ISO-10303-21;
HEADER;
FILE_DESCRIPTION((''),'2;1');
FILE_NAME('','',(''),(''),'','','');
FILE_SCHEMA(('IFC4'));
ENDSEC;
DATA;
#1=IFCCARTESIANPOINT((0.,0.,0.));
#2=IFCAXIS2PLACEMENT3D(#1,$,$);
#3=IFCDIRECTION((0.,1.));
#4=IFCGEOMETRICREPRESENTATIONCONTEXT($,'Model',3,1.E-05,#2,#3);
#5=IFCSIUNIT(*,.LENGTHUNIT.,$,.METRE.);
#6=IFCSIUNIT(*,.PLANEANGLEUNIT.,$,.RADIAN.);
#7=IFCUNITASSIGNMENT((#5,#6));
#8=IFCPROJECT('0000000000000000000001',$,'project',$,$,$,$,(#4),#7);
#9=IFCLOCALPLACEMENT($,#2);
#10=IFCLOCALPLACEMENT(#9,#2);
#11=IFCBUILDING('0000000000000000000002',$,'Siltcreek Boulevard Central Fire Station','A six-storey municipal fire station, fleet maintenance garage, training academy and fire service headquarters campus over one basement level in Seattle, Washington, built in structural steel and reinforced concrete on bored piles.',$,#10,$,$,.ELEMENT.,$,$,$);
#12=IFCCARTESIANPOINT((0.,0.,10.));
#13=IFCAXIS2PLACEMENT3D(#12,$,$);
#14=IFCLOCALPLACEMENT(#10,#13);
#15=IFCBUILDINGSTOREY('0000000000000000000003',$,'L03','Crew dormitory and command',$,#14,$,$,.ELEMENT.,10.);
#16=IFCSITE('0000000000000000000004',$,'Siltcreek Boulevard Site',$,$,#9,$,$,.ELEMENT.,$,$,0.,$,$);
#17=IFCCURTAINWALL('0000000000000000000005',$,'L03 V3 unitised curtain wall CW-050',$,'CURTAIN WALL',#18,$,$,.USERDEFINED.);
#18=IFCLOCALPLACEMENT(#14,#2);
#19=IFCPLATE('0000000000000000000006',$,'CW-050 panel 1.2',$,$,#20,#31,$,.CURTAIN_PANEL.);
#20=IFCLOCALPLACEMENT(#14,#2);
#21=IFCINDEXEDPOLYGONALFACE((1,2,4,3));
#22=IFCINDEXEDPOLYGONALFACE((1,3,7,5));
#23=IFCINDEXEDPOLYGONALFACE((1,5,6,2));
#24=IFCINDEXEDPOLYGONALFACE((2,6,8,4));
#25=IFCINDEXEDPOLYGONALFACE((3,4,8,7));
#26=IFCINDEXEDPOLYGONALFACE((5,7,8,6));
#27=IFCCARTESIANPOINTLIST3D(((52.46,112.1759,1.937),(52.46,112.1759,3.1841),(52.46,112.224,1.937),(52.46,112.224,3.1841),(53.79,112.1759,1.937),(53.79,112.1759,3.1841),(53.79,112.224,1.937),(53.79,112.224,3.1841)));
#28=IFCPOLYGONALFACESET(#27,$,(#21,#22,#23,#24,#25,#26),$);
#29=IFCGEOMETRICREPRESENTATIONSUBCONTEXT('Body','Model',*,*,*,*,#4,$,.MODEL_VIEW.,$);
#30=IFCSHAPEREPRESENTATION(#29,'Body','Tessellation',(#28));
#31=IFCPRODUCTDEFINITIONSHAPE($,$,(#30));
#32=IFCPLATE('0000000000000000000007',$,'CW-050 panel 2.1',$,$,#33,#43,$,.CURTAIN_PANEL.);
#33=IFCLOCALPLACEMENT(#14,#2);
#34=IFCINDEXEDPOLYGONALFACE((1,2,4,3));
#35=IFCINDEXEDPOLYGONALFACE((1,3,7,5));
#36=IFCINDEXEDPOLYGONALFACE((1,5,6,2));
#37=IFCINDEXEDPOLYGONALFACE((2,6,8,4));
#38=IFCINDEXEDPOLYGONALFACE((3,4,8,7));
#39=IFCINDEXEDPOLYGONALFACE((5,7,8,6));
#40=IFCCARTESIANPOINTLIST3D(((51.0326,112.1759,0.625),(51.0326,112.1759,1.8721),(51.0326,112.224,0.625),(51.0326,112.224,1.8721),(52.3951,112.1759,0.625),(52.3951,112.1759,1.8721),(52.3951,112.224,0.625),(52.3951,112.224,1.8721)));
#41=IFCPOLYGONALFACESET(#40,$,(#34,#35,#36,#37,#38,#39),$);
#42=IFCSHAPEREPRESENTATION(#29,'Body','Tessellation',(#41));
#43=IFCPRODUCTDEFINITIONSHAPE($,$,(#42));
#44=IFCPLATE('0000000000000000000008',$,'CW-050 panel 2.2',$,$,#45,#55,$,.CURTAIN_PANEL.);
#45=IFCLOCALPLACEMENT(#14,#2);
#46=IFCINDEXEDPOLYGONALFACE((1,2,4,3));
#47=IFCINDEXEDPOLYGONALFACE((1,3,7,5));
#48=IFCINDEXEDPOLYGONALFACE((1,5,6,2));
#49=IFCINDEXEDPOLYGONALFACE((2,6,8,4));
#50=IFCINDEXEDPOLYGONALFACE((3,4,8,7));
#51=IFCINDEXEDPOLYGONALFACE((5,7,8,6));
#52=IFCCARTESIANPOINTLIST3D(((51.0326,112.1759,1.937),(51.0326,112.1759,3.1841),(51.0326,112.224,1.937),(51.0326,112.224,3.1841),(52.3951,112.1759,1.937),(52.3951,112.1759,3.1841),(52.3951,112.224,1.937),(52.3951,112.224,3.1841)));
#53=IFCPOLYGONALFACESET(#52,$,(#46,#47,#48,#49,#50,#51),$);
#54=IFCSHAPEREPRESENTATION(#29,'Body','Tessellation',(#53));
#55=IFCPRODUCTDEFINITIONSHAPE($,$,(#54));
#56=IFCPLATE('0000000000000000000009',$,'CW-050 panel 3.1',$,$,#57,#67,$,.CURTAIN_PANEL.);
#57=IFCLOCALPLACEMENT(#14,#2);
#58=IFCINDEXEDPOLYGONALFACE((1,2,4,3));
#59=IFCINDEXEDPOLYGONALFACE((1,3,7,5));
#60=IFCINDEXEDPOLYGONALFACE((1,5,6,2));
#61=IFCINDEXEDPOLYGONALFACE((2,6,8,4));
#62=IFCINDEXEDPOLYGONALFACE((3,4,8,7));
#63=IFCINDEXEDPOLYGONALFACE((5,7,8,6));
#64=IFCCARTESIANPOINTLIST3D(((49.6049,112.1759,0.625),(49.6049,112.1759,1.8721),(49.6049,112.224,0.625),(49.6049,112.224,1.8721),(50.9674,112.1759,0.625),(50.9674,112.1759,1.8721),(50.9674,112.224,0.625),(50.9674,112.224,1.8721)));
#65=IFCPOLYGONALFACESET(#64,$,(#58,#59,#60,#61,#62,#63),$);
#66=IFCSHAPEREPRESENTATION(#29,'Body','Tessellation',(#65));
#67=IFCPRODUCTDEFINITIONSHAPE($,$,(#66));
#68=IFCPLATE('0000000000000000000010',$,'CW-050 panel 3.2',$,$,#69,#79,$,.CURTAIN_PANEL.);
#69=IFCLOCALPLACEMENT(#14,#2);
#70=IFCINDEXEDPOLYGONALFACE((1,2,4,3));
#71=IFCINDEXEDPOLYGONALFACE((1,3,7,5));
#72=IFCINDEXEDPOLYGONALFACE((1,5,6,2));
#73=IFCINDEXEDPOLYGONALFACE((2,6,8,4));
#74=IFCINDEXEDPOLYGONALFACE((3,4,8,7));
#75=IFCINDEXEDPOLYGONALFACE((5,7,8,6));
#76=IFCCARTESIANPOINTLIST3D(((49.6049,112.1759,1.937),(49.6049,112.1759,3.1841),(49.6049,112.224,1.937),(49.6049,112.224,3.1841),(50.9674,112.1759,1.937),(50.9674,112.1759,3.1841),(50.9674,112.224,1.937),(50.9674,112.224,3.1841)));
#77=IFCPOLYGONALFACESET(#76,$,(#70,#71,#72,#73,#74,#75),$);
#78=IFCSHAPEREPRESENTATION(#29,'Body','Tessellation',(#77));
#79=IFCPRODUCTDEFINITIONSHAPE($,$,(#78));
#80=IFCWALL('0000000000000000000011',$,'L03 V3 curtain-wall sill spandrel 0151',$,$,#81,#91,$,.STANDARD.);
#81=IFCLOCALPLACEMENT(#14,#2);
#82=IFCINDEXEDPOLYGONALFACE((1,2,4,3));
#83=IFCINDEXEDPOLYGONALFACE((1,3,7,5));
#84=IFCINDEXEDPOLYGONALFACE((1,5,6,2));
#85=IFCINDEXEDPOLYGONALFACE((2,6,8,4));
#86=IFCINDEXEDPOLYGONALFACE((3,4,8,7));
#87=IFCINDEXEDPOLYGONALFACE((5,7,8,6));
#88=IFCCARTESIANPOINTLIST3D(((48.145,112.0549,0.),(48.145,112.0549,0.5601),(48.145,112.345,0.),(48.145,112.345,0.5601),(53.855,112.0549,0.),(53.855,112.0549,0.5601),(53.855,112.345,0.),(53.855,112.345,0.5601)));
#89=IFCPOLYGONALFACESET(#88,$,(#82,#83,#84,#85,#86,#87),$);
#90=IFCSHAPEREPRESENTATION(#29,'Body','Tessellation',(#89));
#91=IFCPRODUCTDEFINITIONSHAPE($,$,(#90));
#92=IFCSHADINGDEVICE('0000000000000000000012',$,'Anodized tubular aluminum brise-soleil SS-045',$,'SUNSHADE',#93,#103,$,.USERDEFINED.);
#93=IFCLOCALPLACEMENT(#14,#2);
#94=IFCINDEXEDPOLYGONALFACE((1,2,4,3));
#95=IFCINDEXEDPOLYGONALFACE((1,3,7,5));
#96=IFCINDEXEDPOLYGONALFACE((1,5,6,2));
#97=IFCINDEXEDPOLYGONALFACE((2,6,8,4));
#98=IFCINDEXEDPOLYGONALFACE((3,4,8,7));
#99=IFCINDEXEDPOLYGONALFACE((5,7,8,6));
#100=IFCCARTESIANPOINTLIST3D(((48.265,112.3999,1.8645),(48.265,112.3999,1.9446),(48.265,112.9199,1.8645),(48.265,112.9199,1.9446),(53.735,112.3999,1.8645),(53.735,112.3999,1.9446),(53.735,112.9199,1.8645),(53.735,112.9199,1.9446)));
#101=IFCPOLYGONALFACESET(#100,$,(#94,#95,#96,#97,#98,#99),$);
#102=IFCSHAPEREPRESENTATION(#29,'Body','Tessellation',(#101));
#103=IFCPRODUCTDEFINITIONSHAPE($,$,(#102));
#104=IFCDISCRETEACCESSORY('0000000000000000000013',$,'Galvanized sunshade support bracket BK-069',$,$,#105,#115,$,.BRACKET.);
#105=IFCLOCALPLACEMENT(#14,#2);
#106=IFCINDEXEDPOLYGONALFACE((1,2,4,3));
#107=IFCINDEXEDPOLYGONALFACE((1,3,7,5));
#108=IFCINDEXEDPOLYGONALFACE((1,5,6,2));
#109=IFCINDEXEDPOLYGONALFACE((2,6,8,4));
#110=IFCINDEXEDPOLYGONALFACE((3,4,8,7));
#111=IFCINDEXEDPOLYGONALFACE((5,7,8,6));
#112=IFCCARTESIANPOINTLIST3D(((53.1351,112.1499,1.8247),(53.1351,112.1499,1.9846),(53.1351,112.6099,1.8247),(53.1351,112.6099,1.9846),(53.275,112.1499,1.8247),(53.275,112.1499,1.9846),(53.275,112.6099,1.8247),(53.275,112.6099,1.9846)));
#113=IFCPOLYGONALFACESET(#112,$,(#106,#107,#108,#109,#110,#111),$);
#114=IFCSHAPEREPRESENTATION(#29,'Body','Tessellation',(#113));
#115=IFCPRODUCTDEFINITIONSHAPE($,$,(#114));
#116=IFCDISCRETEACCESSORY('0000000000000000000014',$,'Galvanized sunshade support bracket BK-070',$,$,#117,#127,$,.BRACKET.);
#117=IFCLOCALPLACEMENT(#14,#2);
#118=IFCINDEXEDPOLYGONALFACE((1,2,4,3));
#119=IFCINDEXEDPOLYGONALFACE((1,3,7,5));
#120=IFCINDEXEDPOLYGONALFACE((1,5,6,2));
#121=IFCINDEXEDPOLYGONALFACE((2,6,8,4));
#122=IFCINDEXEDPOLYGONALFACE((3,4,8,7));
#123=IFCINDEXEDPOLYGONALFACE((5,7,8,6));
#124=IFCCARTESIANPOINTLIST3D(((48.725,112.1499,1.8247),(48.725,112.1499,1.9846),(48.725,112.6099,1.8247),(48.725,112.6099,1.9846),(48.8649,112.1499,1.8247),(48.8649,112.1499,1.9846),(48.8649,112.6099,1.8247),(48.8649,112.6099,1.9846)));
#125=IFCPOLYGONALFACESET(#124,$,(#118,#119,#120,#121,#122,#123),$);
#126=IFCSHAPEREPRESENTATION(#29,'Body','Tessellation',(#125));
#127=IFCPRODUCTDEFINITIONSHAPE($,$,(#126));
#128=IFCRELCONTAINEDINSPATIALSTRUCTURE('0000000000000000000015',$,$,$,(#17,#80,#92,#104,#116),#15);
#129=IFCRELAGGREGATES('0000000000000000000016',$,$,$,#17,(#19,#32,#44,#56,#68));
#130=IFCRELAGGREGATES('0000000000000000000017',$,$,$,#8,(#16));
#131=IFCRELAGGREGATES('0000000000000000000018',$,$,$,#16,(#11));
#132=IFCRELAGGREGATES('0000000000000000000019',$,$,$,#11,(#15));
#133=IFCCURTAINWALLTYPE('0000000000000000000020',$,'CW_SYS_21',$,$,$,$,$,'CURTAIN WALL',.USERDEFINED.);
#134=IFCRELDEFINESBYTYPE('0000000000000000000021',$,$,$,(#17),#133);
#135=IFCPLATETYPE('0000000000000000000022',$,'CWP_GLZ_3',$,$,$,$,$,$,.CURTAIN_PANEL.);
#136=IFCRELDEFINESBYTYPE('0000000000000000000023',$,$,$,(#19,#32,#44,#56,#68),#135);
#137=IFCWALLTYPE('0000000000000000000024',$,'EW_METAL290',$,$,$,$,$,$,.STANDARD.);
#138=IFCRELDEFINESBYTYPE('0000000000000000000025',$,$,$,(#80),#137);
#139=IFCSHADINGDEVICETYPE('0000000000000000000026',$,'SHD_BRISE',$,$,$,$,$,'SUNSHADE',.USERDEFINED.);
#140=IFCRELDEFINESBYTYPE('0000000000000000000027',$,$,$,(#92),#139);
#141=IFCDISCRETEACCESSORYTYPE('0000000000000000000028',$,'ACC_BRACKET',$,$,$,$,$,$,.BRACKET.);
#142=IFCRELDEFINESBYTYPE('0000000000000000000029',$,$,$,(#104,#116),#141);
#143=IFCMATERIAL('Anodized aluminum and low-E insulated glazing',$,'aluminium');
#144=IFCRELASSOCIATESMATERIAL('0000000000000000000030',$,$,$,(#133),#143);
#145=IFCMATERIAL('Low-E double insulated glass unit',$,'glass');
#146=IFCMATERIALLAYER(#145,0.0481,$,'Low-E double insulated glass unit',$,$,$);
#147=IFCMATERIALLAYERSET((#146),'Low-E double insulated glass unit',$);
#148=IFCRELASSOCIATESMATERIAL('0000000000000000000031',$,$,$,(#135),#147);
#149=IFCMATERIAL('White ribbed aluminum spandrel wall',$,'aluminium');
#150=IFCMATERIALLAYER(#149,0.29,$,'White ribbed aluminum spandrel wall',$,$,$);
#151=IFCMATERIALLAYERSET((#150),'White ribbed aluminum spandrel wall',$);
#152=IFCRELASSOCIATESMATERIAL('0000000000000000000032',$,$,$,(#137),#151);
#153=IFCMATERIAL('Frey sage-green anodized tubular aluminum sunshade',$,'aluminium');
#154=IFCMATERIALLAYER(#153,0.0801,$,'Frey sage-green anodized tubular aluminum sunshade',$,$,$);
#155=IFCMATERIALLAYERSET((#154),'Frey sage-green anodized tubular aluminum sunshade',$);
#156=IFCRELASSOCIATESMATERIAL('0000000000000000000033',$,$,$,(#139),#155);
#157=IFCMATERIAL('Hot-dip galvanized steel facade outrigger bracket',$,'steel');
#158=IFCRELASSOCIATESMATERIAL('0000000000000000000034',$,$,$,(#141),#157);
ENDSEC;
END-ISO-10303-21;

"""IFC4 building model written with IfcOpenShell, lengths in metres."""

from ifc_helpers import new_model, si_unit, direction, frame, frame_2d, origin, origin_2d, place, context, subcontext, project, spatial, rectangle, extrude, material, layer, layer_set, type_object, element, aggregate, save


model = new_model("IFC4")

# Units and contexts
model_context = context("Model", 3, precision=1e-05, world=origin(), true_north=direction((0.0, 1.0)))
body_context = subcontext(model_context, "Body", "Model", "MODEL_VIEW")
ifc_project = project(units=[si_unit("LENGTHUNIT", "METRE"), si_unit("PLANEANGLEUNIT", "RADIAN")], contexts=[model_context])

# Site, building, storey
site_placement = place(None, origin())
site = spatial("IfcSite", under=ifc_project, at=site_placement, Name="Siltcreek Boulevard Site", CompositionType="ELEMENT", RefElevation=0.0)
building_placement = place(site_placement, origin())
building = spatial("IfcBuilding", under=site, at=building_placement, Name="Siltcreek Boulevard Central Fire Station", Description="A six-storey municipal fire station, fleet maintenance garage, training academy and fire service headquarters campus over one basement level in Seattle, Washington, built in structural steel and reinforced concrete on bored piles.", CompositionType="ELEMENT")
storey_placement = place(building_placement, frame((0.0, 0.0, 10.0)))
storey = spatial("IfcBuildingStorey", under=building, at=storey_placement, Name="L03", Description="Crew dormitory and command", CompositionType="ELEMENT", Elevation=10.0)

# Curtain wall, plates
ifc_material_1 = material(Name="Anodized aluminum and low-E insulated glazing", Category="aluminium")
curtain_wall_type = type_object("IfcCurtainWallType", Name="CW_SYS_21", ElementType="CURTAIN WALL", PredefinedType="USERDEFINED", material=ifc_material_1)
curtain_wall_placement = place(storey_placement, origin())
curtain_wall = element("IfcCurtainWall", 1, at=curtain_wall_placement, inside=storey, type_object=curtain_wall_type, Name="L03 V3 unitised curtain wall CW-050", ObjectType="CURTAIN WALL", PredefinedType="USERDEFINED")
ifc_material_2 = material(Name="Low-E double insulated glass unit", Category="glass")
ifc_layer_1 = layer(ifc_material_2, 0.0481, Name="Low-E double insulated glass unit")
ifc_layer_set_1 = layer_set([ifc_layer_1], Name="Low-E double insulated glass unit")
plate_type = type_object("IfcPlateType", Name="CWP_GLZ_3", PredefinedType="CURTAIN_PANEL", material=ifc_layer_set_1)
plate_1_placement = place(storey_placement, frame((53.125, 112.2, 1.937), z_axis=(0.0, 0.0, 1.0), x_axis=(-1.0, 0.0, 0.0)))
plate_1 = element("IfcPlate", 2, at=plate_1_placement, type_object=plate_type, Name="CW-050 panel 1.2", PredefinedType="CURTAIN_PANEL", context=body_context, shape_type="SweptSolid", body=[
    extrude(rectangle(XDim=1.3301, YDim=0.0481, at=origin_2d()), origin(), (0.0, 0.0, 1.0), 1.2471),
])
plate_2_placement = place(storey_placement, frame((51.7139, 112.2, 0.625), z_axis=(0.0, 0.0, 1.0), x_axis=(-1.0, 0.0, 0.0)))
plate_2 = element("IfcPlate", 3, at=plate_2_placement, type_object=plate_type, Name="CW-050 panel 2.1", PredefinedType="CURTAIN_PANEL", context=body_context, shape_type="SweptSolid", body=[
    extrude(rectangle(XDim=1.3625, YDim=0.0481, at=origin_2d()), origin(), (0.0, 0.0, 1.0), 1.2471),
])
plate_3_placement = place(storey_placement, frame((51.7139, 112.2, 1.937), z_axis=(0.0, 0.0, 1.0), x_axis=(-1.0, 0.0, 0.0)))
plate_3 = element("IfcPlate", 4, at=plate_3_placement, type_object=plate_type, Name="CW-050 panel 2.2", PredefinedType="CURTAIN_PANEL", context=body_context, shape_type="SweptSolid", body=[
    extrude(rectangle(XDim=1.3625, YDim=0.0481, at=origin_2d()), origin(), (0.0, 0.0, 1.0), 1.2471),
])
plate_4_placement = place(storey_placement, frame((50.2861, 112.2, 0.625), z_axis=(0.0, 0.0, 1.0), x_axis=(-1.0, 0.0, 0.0)))
plate_4 = element("IfcPlate", 5, at=plate_4_placement, type_object=plate_type, Name="CW-050 panel 3.1", PredefinedType="CURTAIN_PANEL", context=body_context, shape_type="SweptSolid", body=[
    extrude(rectangle(XDim=1.3625, YDim=0.0481, at=origin_2d()), origin(), (0.0, 0.0, 1.0), 1.2471),
])
plate_5_placement = place(storey_placement, frame((50.2861, 112.2, 1.937), z_axis=(0.0, 0.0, 1.0), x_axis=(-1.0, 0.0, 0.0)))
plate_5 = element("IfcPlate", 6, at=plate_5_placement, type_object=plate_type, Name="CW-050 panel 3.2", PredefinedType="CURTAIN_PANEL", context=body_context, shape_type="SweptSolid", body=[
    extrude(rectangle(XDim=1.3625, YDim=0.0481, at=origin_2d()), origin(), (0.0, 0.0, 1.0), 1.2471),
])
aggregate(curtain_wall, [plate_1, plate_2, plate_3, plate_4, plate_5])

# Wall
ifc_material_3 = material(Name="White ribbed aluminum spandrel wall", Category="aluminium")
ifc_layer_2 = layer(ifc_material_3, 0.29, Name="White ribbed aluminum spandrel wall")
ifc_layer_set_2 = layer_set([ifc_layer_2], Name="White ribbed aluminum spandrel wall")
wall_type = type_object("IfcWallType", Name="EW_METAL290", PredefinedType="STANDARD", material=ifc_layer_set_2)
wall_placement = place(storey_placement, frame((53.855, 112.2, 0.0), z_axis=(0.0, 0.0, 1.0), x_axis=(-1.0, 0.0, 0.0)))
element("IfcWall", 7, at=wall_placement, inside=storey, type_object=wall_type, Name="L03 V3 curtain-wall sill spandrel 0151", PredefinedType="STANDARD", context=body_context, shape_type="SweptSolid", body=[
    extrude(rectangle(XDim=5.71, YDim=0.29, at=frame_2d((2.855, 0.0))), origin(), (0.0, 0.0, 1.0), 0.5601),
])

# Shading device
ifc_material_4 = material(Name="Frey sage-green anodized tubular aluminum sunshade", Category="aluminium")
ifc_layer_3 = layer(ifc_material_4, 0.0801, Name="Frey sage-green anodized tubular aluminum sunshade")
ifc_layer_set_3 = layer_set([ifc_layer_3], Name="Frey sage-green anodized tubular aluminum sunshade")
shading_device_type = type_object("IfcShadingDeviceType", Name="SHD_BRISE", ElementType="SUNSHADE", PredefinedType="USERDEFINED", material=ifc_layer_set_3)
shading_device_placement = place(storey_placement, frame((51.0, 112.6599, 1.8645), z_axis=(0.0, 0.0, 1.0), x_axis=(-1.0, 0.0, 0.0)))
element("IfcShadingDevice", 8, at=shading_device_placement, inside=storey, type_object=shading_device_type, Name="Anodized tubular aluminum brise-soleil SS-045", ObjectType="SUNSHADE", PredefinedType="USERDEFINED", context=body_context, shape_type="SweptSolid", body=[
    extrude(rectangle(XDim=5.47, YDim=0.52, at=origin_2d()), origin(), (0.0, 0.0, 1.0), 0.0801),
])

# Discrete accessories
ifc_material_5 = material(Name="Hot-dip galvanized steel facade outrigger bracket", Category="steel")
discrete_accessory_type = type_object("IfcDiscreteAccessoryType", Name="ACC_BRACKET", PredefinedType="BRACKET", material=ifc_material_5)
for number, where, z_axis, x_axis, name in (
    (9, (53.2051, 112.3799, 1.8247), (0.0, 0.0, 1.0), (-1.0, 0.0, 0.0), "Galvanized sunshade support bracket BK-069"),
    (10, (48.7949, 112.3799, 1.8247), (0.0, 0.0, 1.0), (-1.0, 0.0, 0.0), "Galvanized sunshade support bracket BK-070"),
):
    element("IfcDiscreteAccessory", number, at=place(storey_placement, frame(where, z_axis=z_axis, x_axis=x_axis)), inside=storey, type_object=discrete_accessory_type, Name=name, PredefinedType="BRACKET", context=body_context, shape_type="SweptSolid", body=[
        extrude(rectangle(XDim=0.1399, YDim=0.46, at=origin_2d()), origin(), (0.0, 0.0, 1.0), 0.1599),
    ])

save(model, "model.ifc")
